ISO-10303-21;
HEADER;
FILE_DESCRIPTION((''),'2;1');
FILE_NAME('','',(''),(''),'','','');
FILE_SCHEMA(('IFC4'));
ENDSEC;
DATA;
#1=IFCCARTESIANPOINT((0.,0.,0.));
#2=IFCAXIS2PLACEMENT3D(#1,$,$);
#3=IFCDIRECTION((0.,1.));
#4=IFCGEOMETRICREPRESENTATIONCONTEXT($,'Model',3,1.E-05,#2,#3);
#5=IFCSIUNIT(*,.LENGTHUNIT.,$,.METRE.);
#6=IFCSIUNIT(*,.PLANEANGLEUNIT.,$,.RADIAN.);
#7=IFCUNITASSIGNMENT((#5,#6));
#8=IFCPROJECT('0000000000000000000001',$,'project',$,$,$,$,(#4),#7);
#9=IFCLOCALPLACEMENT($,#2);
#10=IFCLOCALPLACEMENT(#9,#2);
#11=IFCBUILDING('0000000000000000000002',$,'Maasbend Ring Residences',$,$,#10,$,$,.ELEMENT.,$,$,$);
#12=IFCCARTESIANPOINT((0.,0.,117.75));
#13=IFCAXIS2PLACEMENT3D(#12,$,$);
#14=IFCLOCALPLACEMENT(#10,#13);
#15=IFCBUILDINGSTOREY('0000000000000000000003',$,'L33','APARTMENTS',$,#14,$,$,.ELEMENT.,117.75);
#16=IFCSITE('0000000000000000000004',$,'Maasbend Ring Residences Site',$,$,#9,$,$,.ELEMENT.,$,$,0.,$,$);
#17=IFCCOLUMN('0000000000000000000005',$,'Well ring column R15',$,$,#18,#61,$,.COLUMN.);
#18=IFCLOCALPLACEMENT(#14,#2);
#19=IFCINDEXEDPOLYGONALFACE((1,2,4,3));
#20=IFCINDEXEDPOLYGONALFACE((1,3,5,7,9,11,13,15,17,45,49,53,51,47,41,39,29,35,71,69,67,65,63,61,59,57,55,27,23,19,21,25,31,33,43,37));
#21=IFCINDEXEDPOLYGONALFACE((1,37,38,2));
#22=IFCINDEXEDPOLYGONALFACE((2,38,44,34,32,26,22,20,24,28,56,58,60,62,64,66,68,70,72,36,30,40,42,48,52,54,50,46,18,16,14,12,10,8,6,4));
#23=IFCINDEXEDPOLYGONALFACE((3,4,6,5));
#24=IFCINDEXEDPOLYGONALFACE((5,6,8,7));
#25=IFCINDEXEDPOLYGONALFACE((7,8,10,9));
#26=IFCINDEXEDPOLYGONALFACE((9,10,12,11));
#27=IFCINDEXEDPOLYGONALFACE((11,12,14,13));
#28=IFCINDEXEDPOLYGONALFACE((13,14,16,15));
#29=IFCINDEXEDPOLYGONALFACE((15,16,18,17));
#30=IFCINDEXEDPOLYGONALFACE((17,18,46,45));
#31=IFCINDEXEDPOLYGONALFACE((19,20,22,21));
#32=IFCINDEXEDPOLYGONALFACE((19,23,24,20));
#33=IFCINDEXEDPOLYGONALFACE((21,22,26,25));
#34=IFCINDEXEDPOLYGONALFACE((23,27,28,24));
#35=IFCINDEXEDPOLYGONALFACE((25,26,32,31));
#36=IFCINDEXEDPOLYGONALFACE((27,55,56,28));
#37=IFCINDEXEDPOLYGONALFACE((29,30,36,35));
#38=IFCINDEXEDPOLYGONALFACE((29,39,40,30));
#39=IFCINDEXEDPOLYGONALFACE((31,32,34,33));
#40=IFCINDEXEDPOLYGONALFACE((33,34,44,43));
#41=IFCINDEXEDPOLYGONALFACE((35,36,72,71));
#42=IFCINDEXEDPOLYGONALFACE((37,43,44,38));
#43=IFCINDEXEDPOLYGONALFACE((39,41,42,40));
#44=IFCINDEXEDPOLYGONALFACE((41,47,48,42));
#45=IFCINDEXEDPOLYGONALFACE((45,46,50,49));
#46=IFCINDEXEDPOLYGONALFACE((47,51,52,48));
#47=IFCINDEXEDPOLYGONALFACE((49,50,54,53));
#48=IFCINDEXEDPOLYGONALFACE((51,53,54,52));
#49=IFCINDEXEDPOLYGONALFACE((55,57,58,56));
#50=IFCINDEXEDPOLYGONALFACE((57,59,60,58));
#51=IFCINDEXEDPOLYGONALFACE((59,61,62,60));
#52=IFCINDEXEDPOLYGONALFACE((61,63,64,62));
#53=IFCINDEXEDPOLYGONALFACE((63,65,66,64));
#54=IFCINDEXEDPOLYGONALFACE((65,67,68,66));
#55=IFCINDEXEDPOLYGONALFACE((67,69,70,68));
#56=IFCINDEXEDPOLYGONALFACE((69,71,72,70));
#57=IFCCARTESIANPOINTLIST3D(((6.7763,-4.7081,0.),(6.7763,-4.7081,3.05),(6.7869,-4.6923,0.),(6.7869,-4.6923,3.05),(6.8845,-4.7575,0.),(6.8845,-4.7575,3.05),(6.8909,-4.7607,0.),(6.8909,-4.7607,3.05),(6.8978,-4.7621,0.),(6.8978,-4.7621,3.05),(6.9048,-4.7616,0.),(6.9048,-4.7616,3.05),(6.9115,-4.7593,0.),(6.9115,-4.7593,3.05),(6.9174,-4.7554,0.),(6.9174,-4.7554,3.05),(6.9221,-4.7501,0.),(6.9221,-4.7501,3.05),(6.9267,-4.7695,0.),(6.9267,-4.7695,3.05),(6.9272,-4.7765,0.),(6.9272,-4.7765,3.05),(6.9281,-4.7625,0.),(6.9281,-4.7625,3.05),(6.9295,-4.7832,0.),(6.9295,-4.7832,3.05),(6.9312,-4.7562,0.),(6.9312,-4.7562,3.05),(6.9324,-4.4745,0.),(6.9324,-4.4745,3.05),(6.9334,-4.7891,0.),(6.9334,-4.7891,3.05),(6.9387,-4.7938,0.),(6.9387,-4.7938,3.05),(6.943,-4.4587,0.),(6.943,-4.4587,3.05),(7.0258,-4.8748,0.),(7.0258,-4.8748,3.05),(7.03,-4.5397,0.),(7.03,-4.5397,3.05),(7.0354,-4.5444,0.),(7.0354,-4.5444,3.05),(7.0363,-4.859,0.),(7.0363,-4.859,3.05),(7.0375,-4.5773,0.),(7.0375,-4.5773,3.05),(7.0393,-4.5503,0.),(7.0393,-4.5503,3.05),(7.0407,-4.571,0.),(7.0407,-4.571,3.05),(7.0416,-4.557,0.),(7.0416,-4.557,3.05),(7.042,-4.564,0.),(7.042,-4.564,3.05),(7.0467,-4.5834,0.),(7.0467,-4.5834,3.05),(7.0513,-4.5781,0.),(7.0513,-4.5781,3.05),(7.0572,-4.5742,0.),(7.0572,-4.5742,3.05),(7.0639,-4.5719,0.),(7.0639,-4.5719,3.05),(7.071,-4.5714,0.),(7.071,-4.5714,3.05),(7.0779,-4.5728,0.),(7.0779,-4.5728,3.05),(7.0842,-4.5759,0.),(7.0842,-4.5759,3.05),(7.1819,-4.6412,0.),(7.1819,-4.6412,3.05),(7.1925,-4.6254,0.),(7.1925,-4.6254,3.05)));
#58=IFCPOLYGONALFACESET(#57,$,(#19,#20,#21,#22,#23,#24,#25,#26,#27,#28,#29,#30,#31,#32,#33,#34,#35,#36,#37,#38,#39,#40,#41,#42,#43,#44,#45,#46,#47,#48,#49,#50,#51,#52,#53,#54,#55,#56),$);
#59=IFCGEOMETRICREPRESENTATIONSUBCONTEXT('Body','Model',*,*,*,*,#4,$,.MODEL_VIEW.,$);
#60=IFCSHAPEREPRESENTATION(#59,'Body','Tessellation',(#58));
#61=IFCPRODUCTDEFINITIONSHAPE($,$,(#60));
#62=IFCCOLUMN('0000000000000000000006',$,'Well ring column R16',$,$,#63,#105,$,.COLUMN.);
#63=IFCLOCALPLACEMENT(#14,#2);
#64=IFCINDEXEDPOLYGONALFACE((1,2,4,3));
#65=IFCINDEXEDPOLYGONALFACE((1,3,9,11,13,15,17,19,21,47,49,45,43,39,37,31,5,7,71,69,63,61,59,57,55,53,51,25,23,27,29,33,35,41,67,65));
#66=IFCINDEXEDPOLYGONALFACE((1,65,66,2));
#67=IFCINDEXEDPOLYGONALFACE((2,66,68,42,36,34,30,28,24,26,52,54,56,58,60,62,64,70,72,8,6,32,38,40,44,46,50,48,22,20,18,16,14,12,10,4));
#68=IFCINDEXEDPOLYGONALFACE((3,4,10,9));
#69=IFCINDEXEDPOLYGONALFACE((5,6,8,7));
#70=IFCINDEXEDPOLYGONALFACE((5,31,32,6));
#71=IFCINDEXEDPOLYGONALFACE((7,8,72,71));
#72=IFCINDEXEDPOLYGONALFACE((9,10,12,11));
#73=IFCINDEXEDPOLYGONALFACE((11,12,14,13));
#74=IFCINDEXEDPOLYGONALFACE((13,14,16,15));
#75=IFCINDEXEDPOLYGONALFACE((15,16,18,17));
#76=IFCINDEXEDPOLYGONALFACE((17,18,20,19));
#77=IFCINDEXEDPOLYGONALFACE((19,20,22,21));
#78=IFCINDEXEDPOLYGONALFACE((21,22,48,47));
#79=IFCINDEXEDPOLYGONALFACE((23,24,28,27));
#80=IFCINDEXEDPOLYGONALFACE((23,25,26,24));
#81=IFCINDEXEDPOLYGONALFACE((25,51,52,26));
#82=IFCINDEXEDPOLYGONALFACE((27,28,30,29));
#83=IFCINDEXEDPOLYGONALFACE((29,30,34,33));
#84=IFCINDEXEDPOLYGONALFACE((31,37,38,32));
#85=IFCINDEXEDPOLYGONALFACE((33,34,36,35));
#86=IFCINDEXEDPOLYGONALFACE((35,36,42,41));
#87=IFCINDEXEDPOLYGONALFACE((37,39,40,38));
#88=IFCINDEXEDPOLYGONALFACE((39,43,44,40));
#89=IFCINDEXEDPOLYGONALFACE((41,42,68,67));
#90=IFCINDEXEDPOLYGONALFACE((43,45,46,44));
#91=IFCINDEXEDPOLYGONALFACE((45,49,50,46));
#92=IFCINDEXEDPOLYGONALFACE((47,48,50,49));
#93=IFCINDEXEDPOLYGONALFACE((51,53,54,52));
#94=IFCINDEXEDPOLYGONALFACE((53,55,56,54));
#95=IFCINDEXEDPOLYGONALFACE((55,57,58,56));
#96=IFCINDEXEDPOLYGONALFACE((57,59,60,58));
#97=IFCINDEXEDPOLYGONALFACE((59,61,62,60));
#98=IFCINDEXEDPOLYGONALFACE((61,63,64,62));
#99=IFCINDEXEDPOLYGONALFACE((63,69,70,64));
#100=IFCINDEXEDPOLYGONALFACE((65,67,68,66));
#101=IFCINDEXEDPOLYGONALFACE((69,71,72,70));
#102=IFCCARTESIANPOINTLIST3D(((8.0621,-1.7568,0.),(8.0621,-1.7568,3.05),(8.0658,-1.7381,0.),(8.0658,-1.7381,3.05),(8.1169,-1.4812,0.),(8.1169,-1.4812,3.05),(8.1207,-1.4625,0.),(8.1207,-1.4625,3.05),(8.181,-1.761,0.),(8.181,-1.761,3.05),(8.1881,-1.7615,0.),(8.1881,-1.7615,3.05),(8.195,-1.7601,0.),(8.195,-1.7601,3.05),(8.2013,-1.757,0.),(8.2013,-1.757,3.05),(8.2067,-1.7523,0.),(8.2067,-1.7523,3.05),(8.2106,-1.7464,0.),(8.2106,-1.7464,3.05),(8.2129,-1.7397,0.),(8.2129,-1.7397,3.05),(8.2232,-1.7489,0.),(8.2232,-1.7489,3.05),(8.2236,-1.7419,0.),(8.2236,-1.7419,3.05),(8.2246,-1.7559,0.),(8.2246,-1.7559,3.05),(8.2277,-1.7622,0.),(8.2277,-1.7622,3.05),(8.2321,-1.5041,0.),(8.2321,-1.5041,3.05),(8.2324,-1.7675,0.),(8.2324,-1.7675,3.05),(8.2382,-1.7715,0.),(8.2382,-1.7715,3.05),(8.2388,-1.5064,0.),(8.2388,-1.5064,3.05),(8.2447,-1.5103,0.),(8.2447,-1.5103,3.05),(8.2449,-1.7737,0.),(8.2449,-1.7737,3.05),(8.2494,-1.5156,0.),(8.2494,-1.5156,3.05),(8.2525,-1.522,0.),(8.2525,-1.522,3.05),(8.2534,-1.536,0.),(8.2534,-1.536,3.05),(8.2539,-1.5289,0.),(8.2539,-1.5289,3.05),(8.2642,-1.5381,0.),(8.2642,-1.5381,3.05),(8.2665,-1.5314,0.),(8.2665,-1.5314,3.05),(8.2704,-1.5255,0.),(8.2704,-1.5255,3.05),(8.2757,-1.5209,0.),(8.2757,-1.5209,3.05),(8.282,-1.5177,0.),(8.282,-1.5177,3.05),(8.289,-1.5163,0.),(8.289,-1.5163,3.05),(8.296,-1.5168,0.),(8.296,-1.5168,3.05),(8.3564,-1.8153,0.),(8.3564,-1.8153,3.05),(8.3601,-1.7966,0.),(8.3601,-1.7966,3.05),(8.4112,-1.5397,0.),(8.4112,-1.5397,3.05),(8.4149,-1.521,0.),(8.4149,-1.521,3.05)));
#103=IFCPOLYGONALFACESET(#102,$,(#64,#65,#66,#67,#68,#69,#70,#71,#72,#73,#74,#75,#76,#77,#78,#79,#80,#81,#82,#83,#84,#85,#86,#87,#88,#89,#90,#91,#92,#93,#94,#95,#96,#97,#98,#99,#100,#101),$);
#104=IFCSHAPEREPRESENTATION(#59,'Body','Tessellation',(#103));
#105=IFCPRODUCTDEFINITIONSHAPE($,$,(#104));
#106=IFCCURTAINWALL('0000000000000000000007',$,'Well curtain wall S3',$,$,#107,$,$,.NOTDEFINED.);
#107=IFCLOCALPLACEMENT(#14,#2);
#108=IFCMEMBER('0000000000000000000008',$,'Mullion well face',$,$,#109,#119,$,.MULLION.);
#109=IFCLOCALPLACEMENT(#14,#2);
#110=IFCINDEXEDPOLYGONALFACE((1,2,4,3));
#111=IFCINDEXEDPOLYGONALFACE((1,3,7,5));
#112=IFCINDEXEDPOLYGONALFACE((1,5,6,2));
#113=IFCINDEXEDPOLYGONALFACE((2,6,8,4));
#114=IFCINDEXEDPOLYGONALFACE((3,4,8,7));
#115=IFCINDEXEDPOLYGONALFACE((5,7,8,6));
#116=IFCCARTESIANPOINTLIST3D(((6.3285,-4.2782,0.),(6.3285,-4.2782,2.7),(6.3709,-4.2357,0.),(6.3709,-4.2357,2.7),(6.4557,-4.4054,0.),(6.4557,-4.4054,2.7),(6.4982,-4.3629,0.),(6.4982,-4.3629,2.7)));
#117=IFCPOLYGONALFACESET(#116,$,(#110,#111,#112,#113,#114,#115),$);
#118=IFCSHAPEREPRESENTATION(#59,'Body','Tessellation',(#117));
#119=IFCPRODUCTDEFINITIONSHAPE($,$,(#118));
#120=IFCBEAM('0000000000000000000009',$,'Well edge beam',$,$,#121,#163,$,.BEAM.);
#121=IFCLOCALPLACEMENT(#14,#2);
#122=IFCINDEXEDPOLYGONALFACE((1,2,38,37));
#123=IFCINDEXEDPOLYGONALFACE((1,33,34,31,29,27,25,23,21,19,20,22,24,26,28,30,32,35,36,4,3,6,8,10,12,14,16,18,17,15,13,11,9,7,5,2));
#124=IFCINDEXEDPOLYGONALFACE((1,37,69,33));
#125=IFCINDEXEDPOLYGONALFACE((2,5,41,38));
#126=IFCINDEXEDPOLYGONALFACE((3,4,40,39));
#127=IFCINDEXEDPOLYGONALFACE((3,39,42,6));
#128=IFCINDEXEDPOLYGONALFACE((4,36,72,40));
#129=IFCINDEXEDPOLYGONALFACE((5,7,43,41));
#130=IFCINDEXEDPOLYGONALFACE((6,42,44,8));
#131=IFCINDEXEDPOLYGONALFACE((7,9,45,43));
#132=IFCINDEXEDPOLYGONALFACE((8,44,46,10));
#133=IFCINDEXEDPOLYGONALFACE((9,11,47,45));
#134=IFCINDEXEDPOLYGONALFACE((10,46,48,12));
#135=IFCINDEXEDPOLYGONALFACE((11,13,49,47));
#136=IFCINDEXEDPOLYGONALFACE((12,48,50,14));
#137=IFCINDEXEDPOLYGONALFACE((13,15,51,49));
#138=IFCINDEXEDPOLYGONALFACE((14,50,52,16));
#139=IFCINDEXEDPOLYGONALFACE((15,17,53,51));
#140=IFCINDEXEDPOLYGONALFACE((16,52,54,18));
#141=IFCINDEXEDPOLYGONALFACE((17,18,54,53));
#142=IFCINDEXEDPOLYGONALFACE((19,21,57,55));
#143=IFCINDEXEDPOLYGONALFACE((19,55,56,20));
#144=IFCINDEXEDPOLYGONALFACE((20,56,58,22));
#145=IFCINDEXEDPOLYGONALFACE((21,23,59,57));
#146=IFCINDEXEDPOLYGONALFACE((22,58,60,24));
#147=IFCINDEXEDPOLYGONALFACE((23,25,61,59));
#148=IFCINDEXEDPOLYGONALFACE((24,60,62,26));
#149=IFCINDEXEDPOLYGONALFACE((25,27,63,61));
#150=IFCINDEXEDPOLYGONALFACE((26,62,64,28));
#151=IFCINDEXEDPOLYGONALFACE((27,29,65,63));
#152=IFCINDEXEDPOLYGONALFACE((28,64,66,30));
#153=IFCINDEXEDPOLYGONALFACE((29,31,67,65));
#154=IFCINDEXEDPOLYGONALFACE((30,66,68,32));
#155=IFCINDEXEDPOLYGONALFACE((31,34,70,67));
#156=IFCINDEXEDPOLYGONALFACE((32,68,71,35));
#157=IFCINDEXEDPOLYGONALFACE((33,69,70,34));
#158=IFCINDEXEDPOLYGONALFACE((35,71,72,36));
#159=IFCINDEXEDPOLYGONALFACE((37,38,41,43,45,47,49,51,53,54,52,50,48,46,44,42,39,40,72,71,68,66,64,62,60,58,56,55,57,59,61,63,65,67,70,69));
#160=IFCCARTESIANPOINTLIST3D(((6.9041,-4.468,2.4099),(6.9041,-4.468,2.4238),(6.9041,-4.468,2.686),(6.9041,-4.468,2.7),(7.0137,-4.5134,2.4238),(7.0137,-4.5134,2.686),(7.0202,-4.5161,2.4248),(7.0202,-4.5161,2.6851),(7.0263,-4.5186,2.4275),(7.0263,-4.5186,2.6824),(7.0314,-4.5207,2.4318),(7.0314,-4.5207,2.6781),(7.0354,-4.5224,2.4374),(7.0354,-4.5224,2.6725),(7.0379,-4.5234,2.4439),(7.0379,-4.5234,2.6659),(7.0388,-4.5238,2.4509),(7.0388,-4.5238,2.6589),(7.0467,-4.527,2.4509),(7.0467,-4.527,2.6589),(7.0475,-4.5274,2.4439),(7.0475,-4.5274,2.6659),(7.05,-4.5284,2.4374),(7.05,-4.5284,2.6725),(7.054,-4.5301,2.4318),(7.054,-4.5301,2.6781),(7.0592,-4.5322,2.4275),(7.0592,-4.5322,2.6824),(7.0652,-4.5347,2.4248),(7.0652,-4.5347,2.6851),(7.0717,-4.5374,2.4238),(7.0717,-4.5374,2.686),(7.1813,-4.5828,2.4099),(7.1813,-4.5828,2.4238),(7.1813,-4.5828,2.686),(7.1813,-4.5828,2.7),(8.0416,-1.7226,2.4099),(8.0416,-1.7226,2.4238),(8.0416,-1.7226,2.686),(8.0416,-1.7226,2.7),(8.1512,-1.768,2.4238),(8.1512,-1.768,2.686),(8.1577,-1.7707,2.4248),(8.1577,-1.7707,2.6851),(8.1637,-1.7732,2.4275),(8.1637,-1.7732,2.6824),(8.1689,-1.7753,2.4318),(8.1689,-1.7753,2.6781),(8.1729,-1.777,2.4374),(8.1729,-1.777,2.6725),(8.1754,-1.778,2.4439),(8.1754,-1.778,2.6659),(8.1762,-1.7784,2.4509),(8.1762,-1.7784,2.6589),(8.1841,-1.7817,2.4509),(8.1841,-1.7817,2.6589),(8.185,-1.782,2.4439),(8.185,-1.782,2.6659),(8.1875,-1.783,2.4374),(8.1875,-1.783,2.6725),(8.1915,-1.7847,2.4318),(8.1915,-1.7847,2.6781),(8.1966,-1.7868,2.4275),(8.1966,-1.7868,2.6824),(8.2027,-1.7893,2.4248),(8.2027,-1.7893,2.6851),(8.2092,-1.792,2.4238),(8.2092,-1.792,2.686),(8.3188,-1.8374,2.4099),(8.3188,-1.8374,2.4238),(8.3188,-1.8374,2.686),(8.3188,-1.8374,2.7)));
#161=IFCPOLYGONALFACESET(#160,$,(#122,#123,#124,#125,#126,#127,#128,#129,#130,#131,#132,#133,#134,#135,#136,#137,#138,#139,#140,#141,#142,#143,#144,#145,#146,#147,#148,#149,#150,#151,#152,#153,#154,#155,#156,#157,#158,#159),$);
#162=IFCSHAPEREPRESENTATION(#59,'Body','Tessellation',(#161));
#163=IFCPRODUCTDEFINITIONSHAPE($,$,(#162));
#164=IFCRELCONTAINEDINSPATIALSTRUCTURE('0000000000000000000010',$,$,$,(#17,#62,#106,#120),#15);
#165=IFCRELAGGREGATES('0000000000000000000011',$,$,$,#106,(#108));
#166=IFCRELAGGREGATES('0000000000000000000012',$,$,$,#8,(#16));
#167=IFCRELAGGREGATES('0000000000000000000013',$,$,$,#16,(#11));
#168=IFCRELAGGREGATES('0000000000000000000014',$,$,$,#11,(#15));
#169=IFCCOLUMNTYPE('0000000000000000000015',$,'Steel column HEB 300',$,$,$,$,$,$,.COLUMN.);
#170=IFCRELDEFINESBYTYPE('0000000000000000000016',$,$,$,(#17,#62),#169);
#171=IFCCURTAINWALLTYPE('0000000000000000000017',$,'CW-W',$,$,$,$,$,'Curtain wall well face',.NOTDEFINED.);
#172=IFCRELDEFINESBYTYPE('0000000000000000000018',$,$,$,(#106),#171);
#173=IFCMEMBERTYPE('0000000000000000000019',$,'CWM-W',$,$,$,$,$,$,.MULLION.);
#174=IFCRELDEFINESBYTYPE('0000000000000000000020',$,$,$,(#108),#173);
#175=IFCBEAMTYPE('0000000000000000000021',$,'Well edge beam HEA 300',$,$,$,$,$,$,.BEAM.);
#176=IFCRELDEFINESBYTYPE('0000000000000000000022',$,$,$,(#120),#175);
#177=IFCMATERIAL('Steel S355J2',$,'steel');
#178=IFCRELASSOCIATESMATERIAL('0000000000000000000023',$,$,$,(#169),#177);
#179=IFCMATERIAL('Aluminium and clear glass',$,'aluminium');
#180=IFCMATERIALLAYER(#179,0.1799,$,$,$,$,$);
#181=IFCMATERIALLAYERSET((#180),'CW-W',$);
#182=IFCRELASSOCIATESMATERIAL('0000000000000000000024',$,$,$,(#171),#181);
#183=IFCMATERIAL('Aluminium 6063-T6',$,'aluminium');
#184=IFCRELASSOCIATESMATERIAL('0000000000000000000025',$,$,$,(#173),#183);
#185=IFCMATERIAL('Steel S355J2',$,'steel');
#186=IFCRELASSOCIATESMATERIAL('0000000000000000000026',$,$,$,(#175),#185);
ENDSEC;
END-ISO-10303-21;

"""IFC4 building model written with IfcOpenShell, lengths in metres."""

from ifc_helpers import new_model, si_unit, direction, frame, origin, origin_2d, place, context, subcontext, project, spatial, rectangle, i_section, extrude, material, layer, layer_set, material_profile, profile_set, type_object, element, aggregate, save


model = new_model("IFC4")

# Units and contexts
model_context = context("Model", 3, precision=1e-05, world=origin(), true_north=direction((0.0, 1.0)))
body_context = subcontext(model_context, "Body", "Model", "MODEL_VIEW")
ifc_project = project(units=[si_unit("LENGTHUNIT", "METRE"), si_unit("PLANEANGLEUNIT", "RADIAN")], contexts=[model_context])

# Site, building, storey
site_placement = place(None, origin())
site = spatial("IfcSite", under=ifc_project, at=site_placement, Name="Maasbend Ring Residences Site", CompositionType="ELEMENT", RefElevation=0.0)
building_placement = place(site_placement, origin())
building = spatial("IfcBuilding", under=site, at=building_placement, Name="Maasbend Ring Residences", CompositionType="ELEMENT")
storey_placement = place(building_placement, frame((0.0, 0.0, 117.75)))
storey = spatial("IfcBuildingStorey", under=building, at=storey_placement, Name="L33", Description="APARTMENTS", CompositionType="ELEMENT", Elevation=117.75)

# Columns
ifc_material_1 = material(Name="Steel S355J2", Category="steel")
ifc_material_profile_1 = material_profile(ifc_material_1, i_section(OverallWidth=0.3, OverallDepth=0.3, WebThickness=0.011, FlangeThickness=0.019, FilletRadius=0.0271, at=origin_2d()), Name="HEB 300")
ifc_profile_set_1 = profile_set([ifc_material_profile_1], Name="Steel S355J2")
column_type = type_object("IfcColumnType", Name="Steel column HEB 300", PredefinedType="COLUMN", material=ifc_profile_set_1)
for number, where, z_axis, x_axis, name in (
    (1, (6.9844, -4.6667, 0.0), (0.0, 0.0, 1.0), (0.83147, -0.55557, 0.0), "Well ring column R15"),
    (2, (8.2385, -1.6389, 0.0), (0.0, 0.0, 1.0), (0.980785, -0.19509, 0.0), "Well ring column R16"),
):
    element("IfcColumn", number, at=place(storey_placement, frame(where, z_axis=z_axis, x_axis=x_axis)), inside=storey, type_object=column_type, Name=name, PredefinedType="COLUMN", context=body_context, shape_type="SweptSolid", body=[
        extrude(i_section(OverallWidth=0.3, OverallDepth=0.3, WebThickness=0.011, FlangeThickness=0.019, FilletRadius=0.0271, at=origin_2d()), origin(), (0.0, 0.0, 1.0), 3.05),
    ])

# Curtain wall, member
ifc_material_2 = material(Name="Aluminium and clear glass", Category="aluminium")
ifc_layer_1 = layer(ifc_material_2, 0.1799)
ifc_layer_set_1 = layer_set([ifc_layer_1], Name="CW-W")
curtain_wall_type = type_object("IfcCurtainWallType", Name="CW-W", ElementType="Curtain wall well face", PredefinedType="NOTDEFINED", material=ifc_layer_set_1)
curtain_wall_placement = place(storey_placement, origin())
curtain_wall = element("IfcCurtainWall", 3, at=curtain_wall_placement, inside=storey, type_object=curtain_wall_type, Name="Well curtain wall S3", PredefinedType="NOTDEFINED")
ifc_material_3 = material(Name="Aluminium 6063-T6", Category="aluminium")
ifc_material_profile_2 = material_profile(ifc_material_3, rectangle(XDim=0.1799, YDim=0.0601, at=origin_2d()), Name="AL 180x60")
ifc_profile_set_2 = profile_set([ifc_material_profile_2], Name="Aluminium 6063-T6")
member_type = type_object("IfcMemberType", Name="CWM-W", PredefinedType="MULLION", material=ifc_profile_set_2)
member_placement = place(storey_placement, frame((6.4133, -4.3206, 0.0), z_axis=(0.0, 0.0, 1.0), x_axis=(-0.707107, 0.707107, 0.0)))
member = element("IfcMember", 4, at=member_placement, type_object=member_type, Name="Mullion well face", PredefinedType="MULLION", context=body_context, shape_type="SweptSolid", body=[
    extrude(rectangle(XDim=0.1799, YDim=0.0601, at=origin_2d()), origin(), (0.0, 0.0, 1.0), 2.7),
])
aggregate(curtain_wall, [member])

# Beam
ifc_material_4 = material(Name="Steel S355J2", Category="steel")
ifc_material_profile_3 = material_profile(ifc_material_4, i_section(OverallWidth=0.3, OverallDepth=0.29, WebThickness=0.0085, FlangeThickness=0.0139, FilletRadius=0.0271, at=origin_2d()), Name="HEA 300")
ifc_profile_set_3 = profile_set([ifc_material_profile_3], Name="Steel S355J2")
beam_type = type_object("IfcBeamType", Name="Well edge beam HEA 300", PredefinedType="BEAM", material=ifc_profile_set_3)
for number, where, z_axis, x_axis, name in (
    (5, (7.0427, -4.5254, 2.5549), (0.382765, 0.923846, 0.0), (-0.923846, 0.382765, 0.0), "Well edge beam"),
):
    element("IfcBeam", number, at=place(storey_placement, frame(where, z_axis=z_axis, x_axis=x_axis)), inside=storey, type_object=beam_type, Name=name, PredefinedType="BEAM", context=body_context, shape_type="SweptSolid", body=[
        extrude(i_section(OverallWidth=0.3, OverallDepth=0.29, WebThickness=0.0085, FlangeThickness=0.0139, FilletRadius=0.0271, at=origin_2d()), origin(), (0.0, 0.0, 1.0), 2.9717),
    ])

save(model, "model.ifc")
